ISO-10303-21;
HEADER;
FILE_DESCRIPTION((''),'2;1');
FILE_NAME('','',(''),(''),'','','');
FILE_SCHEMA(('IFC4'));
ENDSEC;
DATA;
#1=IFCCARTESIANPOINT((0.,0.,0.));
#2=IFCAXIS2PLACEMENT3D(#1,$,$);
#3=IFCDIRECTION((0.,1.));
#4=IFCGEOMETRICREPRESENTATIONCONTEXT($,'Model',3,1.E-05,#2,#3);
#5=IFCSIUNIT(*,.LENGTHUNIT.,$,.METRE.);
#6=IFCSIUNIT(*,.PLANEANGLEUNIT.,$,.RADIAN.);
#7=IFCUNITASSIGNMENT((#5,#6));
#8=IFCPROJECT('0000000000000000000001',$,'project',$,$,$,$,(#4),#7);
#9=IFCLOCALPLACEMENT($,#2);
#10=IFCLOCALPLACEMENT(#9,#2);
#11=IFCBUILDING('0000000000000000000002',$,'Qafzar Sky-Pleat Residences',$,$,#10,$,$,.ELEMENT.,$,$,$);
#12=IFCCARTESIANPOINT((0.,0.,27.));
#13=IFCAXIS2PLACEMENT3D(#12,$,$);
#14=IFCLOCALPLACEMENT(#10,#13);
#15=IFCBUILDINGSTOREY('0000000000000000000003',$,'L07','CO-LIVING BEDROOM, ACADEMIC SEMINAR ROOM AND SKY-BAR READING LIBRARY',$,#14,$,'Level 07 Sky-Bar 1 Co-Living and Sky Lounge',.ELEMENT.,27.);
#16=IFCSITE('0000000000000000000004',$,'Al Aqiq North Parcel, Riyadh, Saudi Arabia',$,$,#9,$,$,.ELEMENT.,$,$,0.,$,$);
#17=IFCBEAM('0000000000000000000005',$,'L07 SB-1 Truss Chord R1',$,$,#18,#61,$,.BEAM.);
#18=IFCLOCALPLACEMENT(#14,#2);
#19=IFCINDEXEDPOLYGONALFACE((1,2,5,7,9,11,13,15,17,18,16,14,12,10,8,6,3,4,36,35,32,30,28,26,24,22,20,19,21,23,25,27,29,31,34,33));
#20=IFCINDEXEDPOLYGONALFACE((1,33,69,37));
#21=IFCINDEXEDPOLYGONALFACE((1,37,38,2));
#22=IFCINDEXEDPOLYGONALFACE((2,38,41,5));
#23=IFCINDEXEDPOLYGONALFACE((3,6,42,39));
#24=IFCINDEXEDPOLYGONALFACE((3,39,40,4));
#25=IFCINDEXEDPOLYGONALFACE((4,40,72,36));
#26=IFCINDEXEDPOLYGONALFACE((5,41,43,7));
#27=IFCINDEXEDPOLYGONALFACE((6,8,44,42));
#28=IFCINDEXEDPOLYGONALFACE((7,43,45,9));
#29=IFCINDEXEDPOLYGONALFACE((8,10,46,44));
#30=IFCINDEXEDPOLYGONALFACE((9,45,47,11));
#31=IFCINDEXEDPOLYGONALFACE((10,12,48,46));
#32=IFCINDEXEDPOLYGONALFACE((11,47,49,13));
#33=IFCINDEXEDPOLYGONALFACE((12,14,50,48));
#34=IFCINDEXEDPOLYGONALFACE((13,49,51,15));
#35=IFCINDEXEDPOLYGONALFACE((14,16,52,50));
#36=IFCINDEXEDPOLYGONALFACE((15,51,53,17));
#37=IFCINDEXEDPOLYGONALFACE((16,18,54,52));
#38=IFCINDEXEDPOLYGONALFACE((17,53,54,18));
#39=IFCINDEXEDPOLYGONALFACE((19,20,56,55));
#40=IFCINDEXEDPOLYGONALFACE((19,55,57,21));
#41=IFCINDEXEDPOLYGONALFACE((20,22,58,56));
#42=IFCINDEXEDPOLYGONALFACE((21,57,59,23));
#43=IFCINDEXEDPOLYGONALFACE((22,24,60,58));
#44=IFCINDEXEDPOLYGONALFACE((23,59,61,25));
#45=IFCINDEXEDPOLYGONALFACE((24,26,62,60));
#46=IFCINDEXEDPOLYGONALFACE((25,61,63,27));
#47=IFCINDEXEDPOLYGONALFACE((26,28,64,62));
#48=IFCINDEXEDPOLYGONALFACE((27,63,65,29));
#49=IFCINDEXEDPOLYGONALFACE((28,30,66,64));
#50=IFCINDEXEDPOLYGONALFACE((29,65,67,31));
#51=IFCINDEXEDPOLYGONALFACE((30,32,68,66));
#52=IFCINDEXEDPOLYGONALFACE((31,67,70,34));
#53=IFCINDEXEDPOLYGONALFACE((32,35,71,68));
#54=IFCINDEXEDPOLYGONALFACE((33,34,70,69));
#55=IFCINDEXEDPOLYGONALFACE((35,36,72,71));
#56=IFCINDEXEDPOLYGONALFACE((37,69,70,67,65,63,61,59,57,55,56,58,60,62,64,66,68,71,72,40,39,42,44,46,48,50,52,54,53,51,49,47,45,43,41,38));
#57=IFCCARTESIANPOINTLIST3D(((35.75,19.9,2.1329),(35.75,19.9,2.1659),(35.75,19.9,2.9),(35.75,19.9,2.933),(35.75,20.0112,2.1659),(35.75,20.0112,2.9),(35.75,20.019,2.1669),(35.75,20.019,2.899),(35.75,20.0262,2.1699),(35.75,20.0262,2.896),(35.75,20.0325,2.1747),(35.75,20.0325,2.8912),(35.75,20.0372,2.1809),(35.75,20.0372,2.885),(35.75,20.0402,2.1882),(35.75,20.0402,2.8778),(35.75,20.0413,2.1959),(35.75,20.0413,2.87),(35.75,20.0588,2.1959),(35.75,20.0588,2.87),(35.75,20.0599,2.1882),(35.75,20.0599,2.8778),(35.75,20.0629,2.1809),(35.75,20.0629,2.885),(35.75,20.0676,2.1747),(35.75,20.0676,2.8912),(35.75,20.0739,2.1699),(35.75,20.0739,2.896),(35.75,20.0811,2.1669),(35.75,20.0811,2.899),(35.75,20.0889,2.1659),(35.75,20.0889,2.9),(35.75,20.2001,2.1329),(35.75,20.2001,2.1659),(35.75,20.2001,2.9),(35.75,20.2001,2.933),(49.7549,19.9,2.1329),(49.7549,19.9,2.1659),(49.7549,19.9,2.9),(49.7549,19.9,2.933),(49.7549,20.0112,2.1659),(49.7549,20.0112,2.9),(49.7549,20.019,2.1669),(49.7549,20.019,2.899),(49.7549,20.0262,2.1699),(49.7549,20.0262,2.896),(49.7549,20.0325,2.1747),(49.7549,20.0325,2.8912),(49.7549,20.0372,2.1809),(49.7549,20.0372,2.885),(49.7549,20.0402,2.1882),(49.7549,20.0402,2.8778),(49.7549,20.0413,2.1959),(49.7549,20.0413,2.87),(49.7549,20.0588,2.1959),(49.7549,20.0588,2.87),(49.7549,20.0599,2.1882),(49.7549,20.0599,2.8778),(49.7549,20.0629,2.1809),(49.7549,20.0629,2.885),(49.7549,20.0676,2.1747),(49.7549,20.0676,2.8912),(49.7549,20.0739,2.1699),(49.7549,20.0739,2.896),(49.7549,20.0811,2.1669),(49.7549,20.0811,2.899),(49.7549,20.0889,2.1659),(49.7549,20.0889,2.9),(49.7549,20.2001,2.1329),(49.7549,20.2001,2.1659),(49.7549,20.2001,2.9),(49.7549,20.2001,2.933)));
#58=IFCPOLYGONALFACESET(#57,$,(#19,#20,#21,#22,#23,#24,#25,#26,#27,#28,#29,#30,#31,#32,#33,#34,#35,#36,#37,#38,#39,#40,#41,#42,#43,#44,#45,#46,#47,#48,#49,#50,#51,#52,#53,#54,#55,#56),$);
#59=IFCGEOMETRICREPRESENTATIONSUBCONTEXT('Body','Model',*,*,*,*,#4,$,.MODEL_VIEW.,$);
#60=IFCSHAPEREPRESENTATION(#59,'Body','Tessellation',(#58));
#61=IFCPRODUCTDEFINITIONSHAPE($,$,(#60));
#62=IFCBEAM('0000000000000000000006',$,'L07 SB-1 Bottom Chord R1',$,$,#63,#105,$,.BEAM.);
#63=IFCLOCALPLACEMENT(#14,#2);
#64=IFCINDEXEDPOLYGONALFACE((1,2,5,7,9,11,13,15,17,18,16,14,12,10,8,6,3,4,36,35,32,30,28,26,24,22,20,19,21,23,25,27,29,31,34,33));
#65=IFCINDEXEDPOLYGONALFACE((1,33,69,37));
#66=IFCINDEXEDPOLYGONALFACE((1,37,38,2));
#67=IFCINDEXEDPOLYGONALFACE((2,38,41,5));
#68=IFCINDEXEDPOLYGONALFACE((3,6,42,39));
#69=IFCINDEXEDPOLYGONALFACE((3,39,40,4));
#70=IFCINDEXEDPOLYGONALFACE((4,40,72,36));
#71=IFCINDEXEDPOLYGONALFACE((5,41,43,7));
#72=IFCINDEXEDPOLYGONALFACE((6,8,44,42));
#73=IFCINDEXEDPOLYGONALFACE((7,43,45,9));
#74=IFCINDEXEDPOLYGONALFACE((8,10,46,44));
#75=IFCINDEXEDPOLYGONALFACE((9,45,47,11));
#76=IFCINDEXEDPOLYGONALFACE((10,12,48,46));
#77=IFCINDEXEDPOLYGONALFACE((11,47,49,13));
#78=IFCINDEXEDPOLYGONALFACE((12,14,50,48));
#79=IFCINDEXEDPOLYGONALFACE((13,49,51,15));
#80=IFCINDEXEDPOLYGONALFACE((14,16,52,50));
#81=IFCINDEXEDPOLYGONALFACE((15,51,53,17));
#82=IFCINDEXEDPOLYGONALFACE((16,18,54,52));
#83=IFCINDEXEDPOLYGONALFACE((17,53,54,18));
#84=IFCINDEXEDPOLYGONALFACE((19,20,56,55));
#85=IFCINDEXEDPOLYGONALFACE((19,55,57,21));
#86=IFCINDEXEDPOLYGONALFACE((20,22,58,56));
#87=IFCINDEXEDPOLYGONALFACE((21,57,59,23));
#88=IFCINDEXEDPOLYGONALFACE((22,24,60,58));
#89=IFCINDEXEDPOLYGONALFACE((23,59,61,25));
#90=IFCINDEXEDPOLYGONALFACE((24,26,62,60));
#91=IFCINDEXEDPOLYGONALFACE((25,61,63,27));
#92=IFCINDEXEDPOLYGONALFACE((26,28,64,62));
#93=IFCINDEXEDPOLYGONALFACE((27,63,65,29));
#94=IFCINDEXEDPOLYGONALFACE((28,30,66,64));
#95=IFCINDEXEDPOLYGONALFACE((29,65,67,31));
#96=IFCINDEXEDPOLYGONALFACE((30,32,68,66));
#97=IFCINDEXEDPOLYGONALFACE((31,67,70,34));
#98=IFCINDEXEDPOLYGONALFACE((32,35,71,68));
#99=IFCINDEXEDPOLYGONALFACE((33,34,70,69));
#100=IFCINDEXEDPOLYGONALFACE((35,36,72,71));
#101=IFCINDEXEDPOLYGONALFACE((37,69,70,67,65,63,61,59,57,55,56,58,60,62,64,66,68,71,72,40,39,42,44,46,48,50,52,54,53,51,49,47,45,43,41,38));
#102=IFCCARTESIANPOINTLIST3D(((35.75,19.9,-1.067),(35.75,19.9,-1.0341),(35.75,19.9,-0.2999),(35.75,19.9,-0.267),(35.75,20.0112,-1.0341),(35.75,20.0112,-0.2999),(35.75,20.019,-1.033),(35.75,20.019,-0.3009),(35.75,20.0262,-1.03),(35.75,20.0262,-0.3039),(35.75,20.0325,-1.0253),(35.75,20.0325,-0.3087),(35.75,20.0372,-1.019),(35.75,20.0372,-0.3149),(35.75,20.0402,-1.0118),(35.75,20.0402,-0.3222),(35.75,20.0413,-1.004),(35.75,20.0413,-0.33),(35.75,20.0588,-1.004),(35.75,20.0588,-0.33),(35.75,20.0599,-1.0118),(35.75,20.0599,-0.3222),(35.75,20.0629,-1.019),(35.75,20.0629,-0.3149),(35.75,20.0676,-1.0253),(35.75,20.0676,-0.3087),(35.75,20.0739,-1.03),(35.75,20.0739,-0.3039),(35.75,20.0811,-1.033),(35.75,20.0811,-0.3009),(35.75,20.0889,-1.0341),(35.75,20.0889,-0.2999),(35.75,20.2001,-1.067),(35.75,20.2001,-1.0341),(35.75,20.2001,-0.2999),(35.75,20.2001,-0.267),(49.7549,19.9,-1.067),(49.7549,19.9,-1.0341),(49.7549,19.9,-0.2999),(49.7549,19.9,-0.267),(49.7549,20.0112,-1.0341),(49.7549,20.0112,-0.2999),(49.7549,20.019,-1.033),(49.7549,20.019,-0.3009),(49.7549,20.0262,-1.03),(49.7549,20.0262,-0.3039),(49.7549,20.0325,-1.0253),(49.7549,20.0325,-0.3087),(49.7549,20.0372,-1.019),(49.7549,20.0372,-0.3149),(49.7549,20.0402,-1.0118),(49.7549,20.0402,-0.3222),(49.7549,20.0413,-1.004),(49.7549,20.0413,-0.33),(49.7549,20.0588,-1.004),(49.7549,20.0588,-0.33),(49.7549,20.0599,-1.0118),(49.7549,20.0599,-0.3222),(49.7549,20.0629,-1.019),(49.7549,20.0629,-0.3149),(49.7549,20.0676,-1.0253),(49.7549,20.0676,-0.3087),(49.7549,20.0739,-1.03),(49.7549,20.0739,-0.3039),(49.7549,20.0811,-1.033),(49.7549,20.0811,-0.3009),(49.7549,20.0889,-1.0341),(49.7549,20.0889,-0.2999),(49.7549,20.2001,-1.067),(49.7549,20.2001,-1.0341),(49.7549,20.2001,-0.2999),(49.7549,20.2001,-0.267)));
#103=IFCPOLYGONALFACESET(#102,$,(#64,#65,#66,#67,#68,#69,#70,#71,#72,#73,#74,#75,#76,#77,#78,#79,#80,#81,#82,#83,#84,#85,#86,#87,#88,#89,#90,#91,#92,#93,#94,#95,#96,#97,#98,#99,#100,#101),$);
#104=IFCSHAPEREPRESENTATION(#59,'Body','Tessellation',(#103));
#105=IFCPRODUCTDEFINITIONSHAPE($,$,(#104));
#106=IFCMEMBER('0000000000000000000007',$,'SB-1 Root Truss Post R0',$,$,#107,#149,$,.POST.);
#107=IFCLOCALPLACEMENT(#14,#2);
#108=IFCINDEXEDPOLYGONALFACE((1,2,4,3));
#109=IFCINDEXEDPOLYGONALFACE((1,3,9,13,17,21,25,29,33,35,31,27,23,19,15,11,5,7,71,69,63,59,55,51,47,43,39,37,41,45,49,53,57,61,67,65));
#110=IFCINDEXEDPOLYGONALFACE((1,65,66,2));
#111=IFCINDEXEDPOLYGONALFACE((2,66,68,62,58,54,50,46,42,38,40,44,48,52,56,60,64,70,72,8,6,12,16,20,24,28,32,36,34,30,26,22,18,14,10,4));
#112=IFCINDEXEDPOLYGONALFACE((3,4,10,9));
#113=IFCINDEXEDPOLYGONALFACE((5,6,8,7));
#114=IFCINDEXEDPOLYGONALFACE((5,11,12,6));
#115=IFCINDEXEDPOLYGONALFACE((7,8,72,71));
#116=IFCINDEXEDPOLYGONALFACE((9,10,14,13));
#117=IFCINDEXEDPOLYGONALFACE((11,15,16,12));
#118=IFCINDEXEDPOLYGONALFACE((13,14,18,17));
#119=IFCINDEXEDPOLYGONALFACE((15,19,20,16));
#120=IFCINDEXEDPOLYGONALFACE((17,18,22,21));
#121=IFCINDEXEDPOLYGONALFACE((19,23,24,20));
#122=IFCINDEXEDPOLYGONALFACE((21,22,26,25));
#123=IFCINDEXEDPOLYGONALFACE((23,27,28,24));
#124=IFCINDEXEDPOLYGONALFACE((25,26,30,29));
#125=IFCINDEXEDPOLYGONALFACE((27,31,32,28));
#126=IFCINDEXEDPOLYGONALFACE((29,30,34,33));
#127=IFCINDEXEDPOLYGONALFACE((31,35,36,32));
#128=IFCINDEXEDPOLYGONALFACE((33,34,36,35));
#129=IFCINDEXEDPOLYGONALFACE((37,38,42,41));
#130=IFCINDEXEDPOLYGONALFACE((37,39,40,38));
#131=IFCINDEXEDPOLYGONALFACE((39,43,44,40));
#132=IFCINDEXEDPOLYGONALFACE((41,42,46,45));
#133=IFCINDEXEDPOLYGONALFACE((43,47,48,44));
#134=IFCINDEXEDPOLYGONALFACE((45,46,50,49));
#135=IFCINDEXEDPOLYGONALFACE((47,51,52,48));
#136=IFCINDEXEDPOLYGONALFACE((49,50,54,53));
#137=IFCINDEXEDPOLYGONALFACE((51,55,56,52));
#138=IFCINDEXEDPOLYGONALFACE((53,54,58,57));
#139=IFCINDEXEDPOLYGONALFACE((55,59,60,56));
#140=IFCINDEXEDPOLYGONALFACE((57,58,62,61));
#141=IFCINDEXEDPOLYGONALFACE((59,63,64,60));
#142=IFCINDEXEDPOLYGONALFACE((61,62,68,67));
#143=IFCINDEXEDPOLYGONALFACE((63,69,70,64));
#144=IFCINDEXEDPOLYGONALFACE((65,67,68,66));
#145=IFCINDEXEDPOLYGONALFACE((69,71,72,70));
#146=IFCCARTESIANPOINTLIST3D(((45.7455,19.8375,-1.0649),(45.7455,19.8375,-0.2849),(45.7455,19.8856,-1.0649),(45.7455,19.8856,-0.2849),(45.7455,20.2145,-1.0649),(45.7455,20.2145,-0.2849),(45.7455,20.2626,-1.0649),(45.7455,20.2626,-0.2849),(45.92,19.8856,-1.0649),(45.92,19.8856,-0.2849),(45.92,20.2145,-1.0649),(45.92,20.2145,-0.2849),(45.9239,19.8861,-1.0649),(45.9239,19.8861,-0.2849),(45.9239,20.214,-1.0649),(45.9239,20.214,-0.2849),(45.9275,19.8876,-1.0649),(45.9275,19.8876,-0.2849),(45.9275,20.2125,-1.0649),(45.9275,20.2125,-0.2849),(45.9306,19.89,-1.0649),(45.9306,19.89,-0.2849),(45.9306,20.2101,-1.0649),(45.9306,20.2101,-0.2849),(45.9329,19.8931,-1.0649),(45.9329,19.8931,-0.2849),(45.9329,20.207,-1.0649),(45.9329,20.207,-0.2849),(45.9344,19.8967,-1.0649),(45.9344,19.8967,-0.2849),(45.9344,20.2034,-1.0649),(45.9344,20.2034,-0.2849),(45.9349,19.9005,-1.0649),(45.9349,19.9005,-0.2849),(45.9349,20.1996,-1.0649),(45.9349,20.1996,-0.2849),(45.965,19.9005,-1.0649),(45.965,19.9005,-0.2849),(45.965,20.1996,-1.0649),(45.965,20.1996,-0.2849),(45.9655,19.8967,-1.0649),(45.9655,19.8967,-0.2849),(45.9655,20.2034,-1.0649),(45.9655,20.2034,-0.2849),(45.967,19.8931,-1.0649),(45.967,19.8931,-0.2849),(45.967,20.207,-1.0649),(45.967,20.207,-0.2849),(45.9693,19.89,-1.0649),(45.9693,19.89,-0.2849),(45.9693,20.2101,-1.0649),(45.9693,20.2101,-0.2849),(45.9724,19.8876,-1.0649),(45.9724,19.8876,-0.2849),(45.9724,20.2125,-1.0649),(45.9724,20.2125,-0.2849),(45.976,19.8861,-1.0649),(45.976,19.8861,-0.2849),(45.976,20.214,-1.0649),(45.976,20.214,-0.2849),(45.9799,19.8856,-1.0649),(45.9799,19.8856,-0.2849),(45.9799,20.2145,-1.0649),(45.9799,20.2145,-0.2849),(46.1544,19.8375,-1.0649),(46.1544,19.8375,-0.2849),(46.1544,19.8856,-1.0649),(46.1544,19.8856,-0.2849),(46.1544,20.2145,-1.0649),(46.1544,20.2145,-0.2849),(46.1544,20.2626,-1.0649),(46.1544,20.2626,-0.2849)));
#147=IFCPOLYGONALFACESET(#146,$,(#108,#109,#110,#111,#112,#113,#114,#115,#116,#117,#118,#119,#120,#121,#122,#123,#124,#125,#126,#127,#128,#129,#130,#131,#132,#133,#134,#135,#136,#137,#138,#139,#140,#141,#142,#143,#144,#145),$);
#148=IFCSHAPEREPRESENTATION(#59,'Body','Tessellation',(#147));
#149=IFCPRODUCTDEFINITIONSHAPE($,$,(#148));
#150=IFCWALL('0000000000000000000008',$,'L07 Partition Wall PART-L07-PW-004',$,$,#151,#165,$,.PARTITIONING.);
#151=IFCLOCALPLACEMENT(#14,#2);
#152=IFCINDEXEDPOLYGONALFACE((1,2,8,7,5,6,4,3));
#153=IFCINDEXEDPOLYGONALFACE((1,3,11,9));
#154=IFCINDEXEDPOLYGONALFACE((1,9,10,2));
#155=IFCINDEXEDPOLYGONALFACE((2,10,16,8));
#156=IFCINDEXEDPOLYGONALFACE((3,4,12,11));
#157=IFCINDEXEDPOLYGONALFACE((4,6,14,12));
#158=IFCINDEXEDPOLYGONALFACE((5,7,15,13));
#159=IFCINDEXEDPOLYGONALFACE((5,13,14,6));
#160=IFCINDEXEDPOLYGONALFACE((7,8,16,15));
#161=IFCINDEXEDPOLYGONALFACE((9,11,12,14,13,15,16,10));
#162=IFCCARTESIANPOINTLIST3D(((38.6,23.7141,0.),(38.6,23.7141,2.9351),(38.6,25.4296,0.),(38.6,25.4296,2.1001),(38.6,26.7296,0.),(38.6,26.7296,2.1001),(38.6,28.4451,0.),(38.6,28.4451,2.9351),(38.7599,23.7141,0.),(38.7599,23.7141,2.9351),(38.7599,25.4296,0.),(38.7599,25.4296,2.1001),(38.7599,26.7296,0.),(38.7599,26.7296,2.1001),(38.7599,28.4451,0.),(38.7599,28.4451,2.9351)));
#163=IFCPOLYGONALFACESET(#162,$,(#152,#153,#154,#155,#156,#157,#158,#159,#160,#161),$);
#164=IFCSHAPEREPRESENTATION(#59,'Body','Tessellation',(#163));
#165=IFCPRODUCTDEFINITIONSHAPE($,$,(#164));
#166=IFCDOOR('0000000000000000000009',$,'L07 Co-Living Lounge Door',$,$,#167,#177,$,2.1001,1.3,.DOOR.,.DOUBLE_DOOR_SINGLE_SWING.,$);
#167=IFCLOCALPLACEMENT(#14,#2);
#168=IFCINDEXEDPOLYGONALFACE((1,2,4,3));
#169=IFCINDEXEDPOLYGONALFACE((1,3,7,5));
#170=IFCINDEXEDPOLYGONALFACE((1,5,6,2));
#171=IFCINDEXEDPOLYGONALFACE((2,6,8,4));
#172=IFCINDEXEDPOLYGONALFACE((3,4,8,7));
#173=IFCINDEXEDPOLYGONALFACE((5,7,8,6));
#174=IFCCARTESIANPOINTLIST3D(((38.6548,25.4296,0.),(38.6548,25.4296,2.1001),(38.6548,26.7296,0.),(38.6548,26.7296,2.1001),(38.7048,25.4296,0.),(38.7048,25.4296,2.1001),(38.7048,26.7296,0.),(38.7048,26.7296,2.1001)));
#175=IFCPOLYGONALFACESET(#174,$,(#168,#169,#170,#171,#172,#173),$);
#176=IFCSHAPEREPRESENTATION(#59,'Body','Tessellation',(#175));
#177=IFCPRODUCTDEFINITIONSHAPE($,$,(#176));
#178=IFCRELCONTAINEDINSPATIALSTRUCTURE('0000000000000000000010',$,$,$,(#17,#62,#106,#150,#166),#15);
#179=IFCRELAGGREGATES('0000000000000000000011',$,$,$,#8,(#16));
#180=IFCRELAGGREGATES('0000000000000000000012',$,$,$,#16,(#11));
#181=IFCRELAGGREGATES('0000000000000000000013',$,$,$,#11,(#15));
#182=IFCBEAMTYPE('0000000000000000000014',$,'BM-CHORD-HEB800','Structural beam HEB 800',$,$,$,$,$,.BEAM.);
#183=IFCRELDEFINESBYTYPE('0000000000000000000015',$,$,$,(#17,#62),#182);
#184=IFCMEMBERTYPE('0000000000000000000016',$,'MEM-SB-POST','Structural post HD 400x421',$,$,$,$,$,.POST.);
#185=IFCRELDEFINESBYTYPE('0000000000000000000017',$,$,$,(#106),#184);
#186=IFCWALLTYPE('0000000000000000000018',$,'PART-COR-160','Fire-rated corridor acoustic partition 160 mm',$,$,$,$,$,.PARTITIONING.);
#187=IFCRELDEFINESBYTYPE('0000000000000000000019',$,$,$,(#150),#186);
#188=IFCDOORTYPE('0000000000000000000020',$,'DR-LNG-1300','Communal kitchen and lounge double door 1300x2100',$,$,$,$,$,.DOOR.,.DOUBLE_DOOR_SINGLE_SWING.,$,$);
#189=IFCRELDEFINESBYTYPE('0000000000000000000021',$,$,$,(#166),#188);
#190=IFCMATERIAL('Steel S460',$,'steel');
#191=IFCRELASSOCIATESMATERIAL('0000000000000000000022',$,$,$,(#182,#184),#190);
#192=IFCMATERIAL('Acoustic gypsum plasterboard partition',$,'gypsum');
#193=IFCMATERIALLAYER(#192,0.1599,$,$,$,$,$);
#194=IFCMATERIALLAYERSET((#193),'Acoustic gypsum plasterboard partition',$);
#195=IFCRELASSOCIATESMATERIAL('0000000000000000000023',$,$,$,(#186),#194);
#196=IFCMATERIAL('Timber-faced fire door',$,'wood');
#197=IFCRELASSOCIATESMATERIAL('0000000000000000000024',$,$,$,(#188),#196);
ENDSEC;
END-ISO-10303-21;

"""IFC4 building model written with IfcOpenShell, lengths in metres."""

from ifc_helpers import new_model, si_unit, direction, frame, frame_2d, origin, origin_2d, place, context, subcontext, project, spatial, rectangle, i_section, extrude, source, transform, mapped, material, layer, layer_set, material_profile, profile_set, type_object, element, fill, save


model = new_model("IFC4")

# Units and contexts
model_context = context("Model", 3, precision=1e-05, world=origin(), true_north=direction((0.0, 1.0)))
body_context = subcontext(model_context, "Body", "Model", "MODEL_VIEW")
ifc_project = project(units=[si_unit("LENGTHUNIT", "METRE"), si_unit("PLANEANGLEUNIT", "RADIAN")], contexts=[model_context])

# Site, building, storey
site_placement = place(None, origin())
site = spatial("IfcSite", under=ifc_project, at=site_placement, Name="Al Aqiq North Parcel, Riyadh, Saudi Arabia", CompositionType="ELEMENT", RefElevation=0.0)
building_placement = place(site_placement, origin())
building = spatial("IfcBuilding", under=site, at=building_placement, Name="Qafzar Sky-Pleat Residences", CompositionType="ELEMENT")
storey_placement = place(building_placement, frame((0.0, 0.0, 27.0)))
storey = spatial("IfcBuildingStorey", under=building, at=storey_placement, Name="L07", Description="CO-LIVING BEDROOM, ACADEMIC SEMINAR ROOM AND SKY-BAR READING LIBRARY", LongName="Level 07 Sky-Bar 1 Co-Living and Sky Lounge", CompositionType="ELEMENT", Elevation=27.0)

# Beams
ifc_material_1 = material(Name="Steel S460", Category="steel")
ifc_material_profile_1 = material_profile(ifc_material_1, i_section(OverallWidth=0.3, OverallDepth=0.8, WebThickness=0.0176, FlangeThickness=0.033, FilletRadius=0.03, at=origin_2d()), Name="HEB 800")
ifc_profile_set_1 = profile_set([ifc_material_profile_1], Name="Steel S460")
beam_type = type_object("IfcBeamType", Name="BM-CHORD-HEB800", Description="Structural beam HEB 800", PredefinedType="BEAM", material=ifc_profile_set_1)
shared_shape_1 = source(origin(), body_context, "Body", "SweptSolid", [
    extrude(i_section(OverallWidth=0.3, OverallDepth=0.8, WebThickness=0.0176, FlangeThickness=0.033, FilletRadius=0.03, at=origin_2d()), origin(), (0.0, 0.0, 1.0), 14.0049),
])
for number, where, z_axis, x_axis, name in (
    (1, (35.75, 20.05, 2.533), (1.0, 0.0, 0.0), (0.0, 1.0, 0.0), "L07 SB-1 Truss Chord R1"),
    (2, (35.75, 20.05, -0.667), (1.0, 0.0, 0.0), (0.0, 1.0, 0.0), "L07 SB-1 Bottom Chord R1"),
):
    element("IfcBeam", number, at=place(storey_placement, frame(where, z_axis=z_axis, x_axis=x_axis)), inside=storey, type_object=beam_type, Name=name, PredefinedType="BEAM", context=body_context, shape_type="MappedRepresentation", body=[
        mapped(shared_shape_1, transform((0.0, 0.0, 0.0), x_axis=(1.0, 0.0, 0.0), y_axis=(0.0, 1.0, 0.0), z_axis=(0.0, 0.0, 1.0), scale=1.0)),
    ])

# Member
ifc_material_profile_2 = material_profile(ifc_material_1, i_section(OverallWidth=0.4089, OverallDepth=0.425, WebThickness=0.03, FlangeThickness=0.0481, FilletRadius=0.0149, at=origin_2d()), Name="HD 400x421")
ifc_profile_set_2 = profile_set([ifc_material_profile_2], Name="Steel S460")
member_type = type_object("IfcMemberType", Name="MEM-SB-POST", Description="Structural post HD 400x421", PredefinedType="POST", material=ifc_profile_set_2)
shared_shape_2 = source(origin(), body_context, "Body", "SweptSolid", [
    extrude(i_section(OverallWidth=0.4089, OverallDepth=0.425, WebThickness=0.03, FlangeThickness=0.0481, FilletRadius=0.0149, at=origin_2d()), origin(), (0.0, 0.0, 1.0), 0.78),
])
member_placement = place(storey_placement, frame((45.95, 20.05, -1.0649), z_axis=(0.0, 0.0, 1.0), x_axis=(1.0, 0.0, 0.0)))
element("IfcMember", 3, at=member_placement, inside=storey, type_object=member_type, Name="SB-1 Root Truss Post R0", PredefinedType="POST", context=body_context, shape_type="MappedRepresentation", body=[
    mapped(shared_shape_2, transform((0.0, 0.0, 0.0), x_axis=(1.0, 0.0, 0.0), y_axis=(0.0, 1.0, 0.0), z_axis=(0.0, 0.0, 1.0), scale=1.0)),
])

# Wall, opening, door
ifc_material_2 = material(Name="Acoustic gypsum plasterboard partition", Category="gypsum")
ifc_layer_1 = layer(ifc_material_2, 0.1599)
ifc_layer_set_1 = layer_set([ifc_layer_1], Name="Acoustic gypsum plasterboard partition")
wall_type_1 = type_object("IfcWallType", Name="PART-COR-160", Description="Fire-rated corridor acoustic partition 160 mm", PredefinedType="PARTITIONING", material=ifc_layer_set_1)
wall_1_placement = place(storey_placement, frame((38.6799, 28.4451, 0.0), z_axis=(0.0, 0.0, 1.0), x_axis=(0.0, -1.0, 0.0)))
wall_1 = element("IfcWall", 4, at=wall_1_placement, inside=storey, type_object=wall_type_1, Name="L07 Partition Wall PART-L07-PW-004", PredefinedType="PARTITIONING", context=body_context, shape_type="SweptSolid", body=[
    extrude(rectangle(XDim=4.731, YDim=0.1599, at=frame_2d((2.3655, 0.0))), origin(), (0.0, 0.0, 1.0), 2.9351),
])
opening_1_placement = place(wall_1_placement, frame((1.7156, 0.0, 0.0)))
opening_1 = element("IfcOpeningElement", 5, at=opening_1_placement, cuts=wall_1, PredefinedType="OPENING", context=body_context, shape_type="SweptSolid", body=[
    extrude(rectangle(XDim=1.3, YDim=2.1001, at=frame_2d((0.6499, 1.05))), frame((0.0, 0.0898, 0.0), z_axis=(0.0, -1.0, 0.0), x_axis=(1.0, 0.0, 0.0)), (0.0, 0.0, 1.0), 0.1799),
])
ifc_material_3 = material(Name="Timber-faced fire door", Category="wood")
door_type_1 = type_object("IfcDoorType", Name="DR-LNG-1300", Description="Communal kitchen and lounge double door 1300x2100", OperationType="DOUBLE_DOOR_SINGLE_SWING", PredefinedType="DOOR", material=ifc_material_3)
shared_shape_3 = source(origin(), body_context, "Body", "SweptSolid", [
    extrude(rectangle(XDim=1.3, YDim=2.1001, at=frame_2d((0.6499, 1.05))), frame((0.0, 0.0249, 0.0), z_axis=(0.0, -1.0, 0.0), x_axis=(1.0, 0.0, 0.0)), (0.0, 0.0, 1.0), 0.05),
])
door_1_placement = place(opening_1_placement, origin())
door_1 = element("IfcDoor", 6, at=door_1_placement, inside=storey, type_object=door_type_1, Name="L07 Co-Living Lounge Door", OperationType="DOUBLE_DOOR_SINGLE_SWING", OverallHeight=2.1001, OverallWidth=1.3, PredefinedType="DOOR", context=body_context, shape_type="MappedRepresentation", body=[
    mapped(shared_shape_3, transform((0.0, 0.0, 0.0), x_axis=(1.0, 0.0, 0.0), y_axis=(0.0, 1.0, 0.0), z_axis=(0.0, 0.0, 1.0), scale=1.0)),
])
fill(opening_1, door_1)

save(model, "model.ifc")
